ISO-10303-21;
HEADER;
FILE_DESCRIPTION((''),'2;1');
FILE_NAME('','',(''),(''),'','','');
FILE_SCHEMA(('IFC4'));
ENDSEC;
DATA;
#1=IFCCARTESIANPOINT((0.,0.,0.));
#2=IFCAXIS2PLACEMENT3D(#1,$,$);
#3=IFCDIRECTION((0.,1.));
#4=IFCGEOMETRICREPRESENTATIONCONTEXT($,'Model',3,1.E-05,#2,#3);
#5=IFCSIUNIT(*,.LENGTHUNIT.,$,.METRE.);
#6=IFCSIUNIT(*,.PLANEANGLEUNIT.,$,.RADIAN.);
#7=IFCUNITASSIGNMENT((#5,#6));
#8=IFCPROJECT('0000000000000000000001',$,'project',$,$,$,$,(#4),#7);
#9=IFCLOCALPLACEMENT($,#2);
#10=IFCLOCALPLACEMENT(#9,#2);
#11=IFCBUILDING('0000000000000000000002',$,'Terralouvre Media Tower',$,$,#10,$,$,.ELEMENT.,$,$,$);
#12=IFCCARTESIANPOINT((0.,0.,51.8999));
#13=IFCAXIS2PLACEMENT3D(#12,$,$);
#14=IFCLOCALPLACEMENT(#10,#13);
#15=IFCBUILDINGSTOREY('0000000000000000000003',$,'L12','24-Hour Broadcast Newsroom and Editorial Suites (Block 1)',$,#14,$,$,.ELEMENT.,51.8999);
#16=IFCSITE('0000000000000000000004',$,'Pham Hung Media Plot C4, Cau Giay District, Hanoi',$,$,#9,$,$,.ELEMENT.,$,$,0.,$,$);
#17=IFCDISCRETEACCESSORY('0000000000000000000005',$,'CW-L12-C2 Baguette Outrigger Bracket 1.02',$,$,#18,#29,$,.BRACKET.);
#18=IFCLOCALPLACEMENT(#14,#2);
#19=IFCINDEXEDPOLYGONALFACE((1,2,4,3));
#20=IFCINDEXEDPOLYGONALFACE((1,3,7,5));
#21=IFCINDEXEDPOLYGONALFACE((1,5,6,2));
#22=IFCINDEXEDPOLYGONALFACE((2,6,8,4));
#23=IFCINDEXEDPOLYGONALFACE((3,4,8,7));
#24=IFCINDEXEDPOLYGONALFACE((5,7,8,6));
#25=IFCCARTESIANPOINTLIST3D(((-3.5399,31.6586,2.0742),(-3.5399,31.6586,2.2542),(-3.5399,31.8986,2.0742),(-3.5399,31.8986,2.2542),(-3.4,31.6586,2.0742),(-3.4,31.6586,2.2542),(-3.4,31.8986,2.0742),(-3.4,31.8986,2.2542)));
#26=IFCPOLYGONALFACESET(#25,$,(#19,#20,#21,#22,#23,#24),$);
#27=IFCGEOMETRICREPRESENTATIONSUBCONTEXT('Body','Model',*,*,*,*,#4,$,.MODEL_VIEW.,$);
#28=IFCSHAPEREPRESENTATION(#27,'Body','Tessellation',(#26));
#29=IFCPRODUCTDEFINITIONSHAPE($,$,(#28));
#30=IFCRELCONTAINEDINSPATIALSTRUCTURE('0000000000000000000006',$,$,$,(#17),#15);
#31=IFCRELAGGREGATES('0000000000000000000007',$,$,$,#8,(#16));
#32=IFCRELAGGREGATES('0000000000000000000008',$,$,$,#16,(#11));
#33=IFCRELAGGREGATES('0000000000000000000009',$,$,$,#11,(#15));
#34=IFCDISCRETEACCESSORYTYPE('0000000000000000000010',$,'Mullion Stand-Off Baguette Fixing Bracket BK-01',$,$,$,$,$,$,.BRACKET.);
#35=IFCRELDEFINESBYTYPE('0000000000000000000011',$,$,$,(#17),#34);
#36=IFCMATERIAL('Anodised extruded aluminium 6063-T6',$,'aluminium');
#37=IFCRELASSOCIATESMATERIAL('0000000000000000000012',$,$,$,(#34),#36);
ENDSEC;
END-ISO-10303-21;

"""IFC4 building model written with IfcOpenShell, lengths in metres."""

from ifc_helpers import new_model, si_unit, direction, frame, origin, origin_2d, place, context, subcontext, project, spatial, rectangle, extrude, material, type_object, element, save


model = new_model("IFC4")

# Units and contexts
model_context = context("Model", 3, precision=1e-05, world=origin(), true_north=direction((0.0, 1.0)))
body_context = subcontext(model_context, "Body", "Model", "MODEL_VIEW")
ifc_project = project(units=[si_unit("LENGTHUNIT", "METRE"), si_unit("PLANEANGLEUNIT", "RADIAN")], contexts=[model_context])

# Site, building, storey
site_placement = place(None, origin())
site = spatial("IfcSite", under=ifc_project, at=site_placement, Name="Pham Hung Media Plot C4, Cau Giay District, Hanoi", CompositionType="ELEMENT", RefElevation=0.0)
building_placement = place(site_placement, origin())
building = spatial("IfcBuilding", under=site, at=building_placement, Name="Terralouvre Media Tower", CompositionType="ELEMENT")
storey_placement = place(building_placement, frame((0.0, 0.0, 51.8999)))
storey = spatial("IfcBuildingStorey", under=building, at=storey_placement, Name="L12", Description="24-Hour Broadcast Newsroom and Editorial Suites (Block 1)", CompositionType="ELEMENT", Elevation=51.8999)

# Discrete accessory
ifc_material_1 = material(Name="Anodised extruded aluminium 6063-T6", Category="aluminium")
discrete_accessory_type = type_object("IfcDiscreteAccessoryType", Name="Mullion Stand-Off Baguette Fixing Bracket BK-01", PredefinedType="BRACKET", material=ifc_material_1)
for number, where, z_axis, x_axis, name in (
    (1, (-3.47, 31.7786, 2.0742), (0.0, 0.0, 1.0), (-1.0, 0.0, 0.0), "CW-L12-C2 Baguette Outrigger Bracket 1.02"),
):
    element("IfcDiscreteAccessory", number, at=place(storey_placement, frame(where, z_axis=z_axis, x_axis=x_axis)), inside=storey, type_object=discrete_accessory_type, Name=name, PredefinedType="BRACKET", context=body_context, shape_type="SweptSolid", body=[
        extrude(rectangle(XDim=0.1399, YDim=0.24, at=origin_2d()), origin(), (0.0, 0.0, 1.0), 0.1799),
    ])

save(model, "model.ifc")
